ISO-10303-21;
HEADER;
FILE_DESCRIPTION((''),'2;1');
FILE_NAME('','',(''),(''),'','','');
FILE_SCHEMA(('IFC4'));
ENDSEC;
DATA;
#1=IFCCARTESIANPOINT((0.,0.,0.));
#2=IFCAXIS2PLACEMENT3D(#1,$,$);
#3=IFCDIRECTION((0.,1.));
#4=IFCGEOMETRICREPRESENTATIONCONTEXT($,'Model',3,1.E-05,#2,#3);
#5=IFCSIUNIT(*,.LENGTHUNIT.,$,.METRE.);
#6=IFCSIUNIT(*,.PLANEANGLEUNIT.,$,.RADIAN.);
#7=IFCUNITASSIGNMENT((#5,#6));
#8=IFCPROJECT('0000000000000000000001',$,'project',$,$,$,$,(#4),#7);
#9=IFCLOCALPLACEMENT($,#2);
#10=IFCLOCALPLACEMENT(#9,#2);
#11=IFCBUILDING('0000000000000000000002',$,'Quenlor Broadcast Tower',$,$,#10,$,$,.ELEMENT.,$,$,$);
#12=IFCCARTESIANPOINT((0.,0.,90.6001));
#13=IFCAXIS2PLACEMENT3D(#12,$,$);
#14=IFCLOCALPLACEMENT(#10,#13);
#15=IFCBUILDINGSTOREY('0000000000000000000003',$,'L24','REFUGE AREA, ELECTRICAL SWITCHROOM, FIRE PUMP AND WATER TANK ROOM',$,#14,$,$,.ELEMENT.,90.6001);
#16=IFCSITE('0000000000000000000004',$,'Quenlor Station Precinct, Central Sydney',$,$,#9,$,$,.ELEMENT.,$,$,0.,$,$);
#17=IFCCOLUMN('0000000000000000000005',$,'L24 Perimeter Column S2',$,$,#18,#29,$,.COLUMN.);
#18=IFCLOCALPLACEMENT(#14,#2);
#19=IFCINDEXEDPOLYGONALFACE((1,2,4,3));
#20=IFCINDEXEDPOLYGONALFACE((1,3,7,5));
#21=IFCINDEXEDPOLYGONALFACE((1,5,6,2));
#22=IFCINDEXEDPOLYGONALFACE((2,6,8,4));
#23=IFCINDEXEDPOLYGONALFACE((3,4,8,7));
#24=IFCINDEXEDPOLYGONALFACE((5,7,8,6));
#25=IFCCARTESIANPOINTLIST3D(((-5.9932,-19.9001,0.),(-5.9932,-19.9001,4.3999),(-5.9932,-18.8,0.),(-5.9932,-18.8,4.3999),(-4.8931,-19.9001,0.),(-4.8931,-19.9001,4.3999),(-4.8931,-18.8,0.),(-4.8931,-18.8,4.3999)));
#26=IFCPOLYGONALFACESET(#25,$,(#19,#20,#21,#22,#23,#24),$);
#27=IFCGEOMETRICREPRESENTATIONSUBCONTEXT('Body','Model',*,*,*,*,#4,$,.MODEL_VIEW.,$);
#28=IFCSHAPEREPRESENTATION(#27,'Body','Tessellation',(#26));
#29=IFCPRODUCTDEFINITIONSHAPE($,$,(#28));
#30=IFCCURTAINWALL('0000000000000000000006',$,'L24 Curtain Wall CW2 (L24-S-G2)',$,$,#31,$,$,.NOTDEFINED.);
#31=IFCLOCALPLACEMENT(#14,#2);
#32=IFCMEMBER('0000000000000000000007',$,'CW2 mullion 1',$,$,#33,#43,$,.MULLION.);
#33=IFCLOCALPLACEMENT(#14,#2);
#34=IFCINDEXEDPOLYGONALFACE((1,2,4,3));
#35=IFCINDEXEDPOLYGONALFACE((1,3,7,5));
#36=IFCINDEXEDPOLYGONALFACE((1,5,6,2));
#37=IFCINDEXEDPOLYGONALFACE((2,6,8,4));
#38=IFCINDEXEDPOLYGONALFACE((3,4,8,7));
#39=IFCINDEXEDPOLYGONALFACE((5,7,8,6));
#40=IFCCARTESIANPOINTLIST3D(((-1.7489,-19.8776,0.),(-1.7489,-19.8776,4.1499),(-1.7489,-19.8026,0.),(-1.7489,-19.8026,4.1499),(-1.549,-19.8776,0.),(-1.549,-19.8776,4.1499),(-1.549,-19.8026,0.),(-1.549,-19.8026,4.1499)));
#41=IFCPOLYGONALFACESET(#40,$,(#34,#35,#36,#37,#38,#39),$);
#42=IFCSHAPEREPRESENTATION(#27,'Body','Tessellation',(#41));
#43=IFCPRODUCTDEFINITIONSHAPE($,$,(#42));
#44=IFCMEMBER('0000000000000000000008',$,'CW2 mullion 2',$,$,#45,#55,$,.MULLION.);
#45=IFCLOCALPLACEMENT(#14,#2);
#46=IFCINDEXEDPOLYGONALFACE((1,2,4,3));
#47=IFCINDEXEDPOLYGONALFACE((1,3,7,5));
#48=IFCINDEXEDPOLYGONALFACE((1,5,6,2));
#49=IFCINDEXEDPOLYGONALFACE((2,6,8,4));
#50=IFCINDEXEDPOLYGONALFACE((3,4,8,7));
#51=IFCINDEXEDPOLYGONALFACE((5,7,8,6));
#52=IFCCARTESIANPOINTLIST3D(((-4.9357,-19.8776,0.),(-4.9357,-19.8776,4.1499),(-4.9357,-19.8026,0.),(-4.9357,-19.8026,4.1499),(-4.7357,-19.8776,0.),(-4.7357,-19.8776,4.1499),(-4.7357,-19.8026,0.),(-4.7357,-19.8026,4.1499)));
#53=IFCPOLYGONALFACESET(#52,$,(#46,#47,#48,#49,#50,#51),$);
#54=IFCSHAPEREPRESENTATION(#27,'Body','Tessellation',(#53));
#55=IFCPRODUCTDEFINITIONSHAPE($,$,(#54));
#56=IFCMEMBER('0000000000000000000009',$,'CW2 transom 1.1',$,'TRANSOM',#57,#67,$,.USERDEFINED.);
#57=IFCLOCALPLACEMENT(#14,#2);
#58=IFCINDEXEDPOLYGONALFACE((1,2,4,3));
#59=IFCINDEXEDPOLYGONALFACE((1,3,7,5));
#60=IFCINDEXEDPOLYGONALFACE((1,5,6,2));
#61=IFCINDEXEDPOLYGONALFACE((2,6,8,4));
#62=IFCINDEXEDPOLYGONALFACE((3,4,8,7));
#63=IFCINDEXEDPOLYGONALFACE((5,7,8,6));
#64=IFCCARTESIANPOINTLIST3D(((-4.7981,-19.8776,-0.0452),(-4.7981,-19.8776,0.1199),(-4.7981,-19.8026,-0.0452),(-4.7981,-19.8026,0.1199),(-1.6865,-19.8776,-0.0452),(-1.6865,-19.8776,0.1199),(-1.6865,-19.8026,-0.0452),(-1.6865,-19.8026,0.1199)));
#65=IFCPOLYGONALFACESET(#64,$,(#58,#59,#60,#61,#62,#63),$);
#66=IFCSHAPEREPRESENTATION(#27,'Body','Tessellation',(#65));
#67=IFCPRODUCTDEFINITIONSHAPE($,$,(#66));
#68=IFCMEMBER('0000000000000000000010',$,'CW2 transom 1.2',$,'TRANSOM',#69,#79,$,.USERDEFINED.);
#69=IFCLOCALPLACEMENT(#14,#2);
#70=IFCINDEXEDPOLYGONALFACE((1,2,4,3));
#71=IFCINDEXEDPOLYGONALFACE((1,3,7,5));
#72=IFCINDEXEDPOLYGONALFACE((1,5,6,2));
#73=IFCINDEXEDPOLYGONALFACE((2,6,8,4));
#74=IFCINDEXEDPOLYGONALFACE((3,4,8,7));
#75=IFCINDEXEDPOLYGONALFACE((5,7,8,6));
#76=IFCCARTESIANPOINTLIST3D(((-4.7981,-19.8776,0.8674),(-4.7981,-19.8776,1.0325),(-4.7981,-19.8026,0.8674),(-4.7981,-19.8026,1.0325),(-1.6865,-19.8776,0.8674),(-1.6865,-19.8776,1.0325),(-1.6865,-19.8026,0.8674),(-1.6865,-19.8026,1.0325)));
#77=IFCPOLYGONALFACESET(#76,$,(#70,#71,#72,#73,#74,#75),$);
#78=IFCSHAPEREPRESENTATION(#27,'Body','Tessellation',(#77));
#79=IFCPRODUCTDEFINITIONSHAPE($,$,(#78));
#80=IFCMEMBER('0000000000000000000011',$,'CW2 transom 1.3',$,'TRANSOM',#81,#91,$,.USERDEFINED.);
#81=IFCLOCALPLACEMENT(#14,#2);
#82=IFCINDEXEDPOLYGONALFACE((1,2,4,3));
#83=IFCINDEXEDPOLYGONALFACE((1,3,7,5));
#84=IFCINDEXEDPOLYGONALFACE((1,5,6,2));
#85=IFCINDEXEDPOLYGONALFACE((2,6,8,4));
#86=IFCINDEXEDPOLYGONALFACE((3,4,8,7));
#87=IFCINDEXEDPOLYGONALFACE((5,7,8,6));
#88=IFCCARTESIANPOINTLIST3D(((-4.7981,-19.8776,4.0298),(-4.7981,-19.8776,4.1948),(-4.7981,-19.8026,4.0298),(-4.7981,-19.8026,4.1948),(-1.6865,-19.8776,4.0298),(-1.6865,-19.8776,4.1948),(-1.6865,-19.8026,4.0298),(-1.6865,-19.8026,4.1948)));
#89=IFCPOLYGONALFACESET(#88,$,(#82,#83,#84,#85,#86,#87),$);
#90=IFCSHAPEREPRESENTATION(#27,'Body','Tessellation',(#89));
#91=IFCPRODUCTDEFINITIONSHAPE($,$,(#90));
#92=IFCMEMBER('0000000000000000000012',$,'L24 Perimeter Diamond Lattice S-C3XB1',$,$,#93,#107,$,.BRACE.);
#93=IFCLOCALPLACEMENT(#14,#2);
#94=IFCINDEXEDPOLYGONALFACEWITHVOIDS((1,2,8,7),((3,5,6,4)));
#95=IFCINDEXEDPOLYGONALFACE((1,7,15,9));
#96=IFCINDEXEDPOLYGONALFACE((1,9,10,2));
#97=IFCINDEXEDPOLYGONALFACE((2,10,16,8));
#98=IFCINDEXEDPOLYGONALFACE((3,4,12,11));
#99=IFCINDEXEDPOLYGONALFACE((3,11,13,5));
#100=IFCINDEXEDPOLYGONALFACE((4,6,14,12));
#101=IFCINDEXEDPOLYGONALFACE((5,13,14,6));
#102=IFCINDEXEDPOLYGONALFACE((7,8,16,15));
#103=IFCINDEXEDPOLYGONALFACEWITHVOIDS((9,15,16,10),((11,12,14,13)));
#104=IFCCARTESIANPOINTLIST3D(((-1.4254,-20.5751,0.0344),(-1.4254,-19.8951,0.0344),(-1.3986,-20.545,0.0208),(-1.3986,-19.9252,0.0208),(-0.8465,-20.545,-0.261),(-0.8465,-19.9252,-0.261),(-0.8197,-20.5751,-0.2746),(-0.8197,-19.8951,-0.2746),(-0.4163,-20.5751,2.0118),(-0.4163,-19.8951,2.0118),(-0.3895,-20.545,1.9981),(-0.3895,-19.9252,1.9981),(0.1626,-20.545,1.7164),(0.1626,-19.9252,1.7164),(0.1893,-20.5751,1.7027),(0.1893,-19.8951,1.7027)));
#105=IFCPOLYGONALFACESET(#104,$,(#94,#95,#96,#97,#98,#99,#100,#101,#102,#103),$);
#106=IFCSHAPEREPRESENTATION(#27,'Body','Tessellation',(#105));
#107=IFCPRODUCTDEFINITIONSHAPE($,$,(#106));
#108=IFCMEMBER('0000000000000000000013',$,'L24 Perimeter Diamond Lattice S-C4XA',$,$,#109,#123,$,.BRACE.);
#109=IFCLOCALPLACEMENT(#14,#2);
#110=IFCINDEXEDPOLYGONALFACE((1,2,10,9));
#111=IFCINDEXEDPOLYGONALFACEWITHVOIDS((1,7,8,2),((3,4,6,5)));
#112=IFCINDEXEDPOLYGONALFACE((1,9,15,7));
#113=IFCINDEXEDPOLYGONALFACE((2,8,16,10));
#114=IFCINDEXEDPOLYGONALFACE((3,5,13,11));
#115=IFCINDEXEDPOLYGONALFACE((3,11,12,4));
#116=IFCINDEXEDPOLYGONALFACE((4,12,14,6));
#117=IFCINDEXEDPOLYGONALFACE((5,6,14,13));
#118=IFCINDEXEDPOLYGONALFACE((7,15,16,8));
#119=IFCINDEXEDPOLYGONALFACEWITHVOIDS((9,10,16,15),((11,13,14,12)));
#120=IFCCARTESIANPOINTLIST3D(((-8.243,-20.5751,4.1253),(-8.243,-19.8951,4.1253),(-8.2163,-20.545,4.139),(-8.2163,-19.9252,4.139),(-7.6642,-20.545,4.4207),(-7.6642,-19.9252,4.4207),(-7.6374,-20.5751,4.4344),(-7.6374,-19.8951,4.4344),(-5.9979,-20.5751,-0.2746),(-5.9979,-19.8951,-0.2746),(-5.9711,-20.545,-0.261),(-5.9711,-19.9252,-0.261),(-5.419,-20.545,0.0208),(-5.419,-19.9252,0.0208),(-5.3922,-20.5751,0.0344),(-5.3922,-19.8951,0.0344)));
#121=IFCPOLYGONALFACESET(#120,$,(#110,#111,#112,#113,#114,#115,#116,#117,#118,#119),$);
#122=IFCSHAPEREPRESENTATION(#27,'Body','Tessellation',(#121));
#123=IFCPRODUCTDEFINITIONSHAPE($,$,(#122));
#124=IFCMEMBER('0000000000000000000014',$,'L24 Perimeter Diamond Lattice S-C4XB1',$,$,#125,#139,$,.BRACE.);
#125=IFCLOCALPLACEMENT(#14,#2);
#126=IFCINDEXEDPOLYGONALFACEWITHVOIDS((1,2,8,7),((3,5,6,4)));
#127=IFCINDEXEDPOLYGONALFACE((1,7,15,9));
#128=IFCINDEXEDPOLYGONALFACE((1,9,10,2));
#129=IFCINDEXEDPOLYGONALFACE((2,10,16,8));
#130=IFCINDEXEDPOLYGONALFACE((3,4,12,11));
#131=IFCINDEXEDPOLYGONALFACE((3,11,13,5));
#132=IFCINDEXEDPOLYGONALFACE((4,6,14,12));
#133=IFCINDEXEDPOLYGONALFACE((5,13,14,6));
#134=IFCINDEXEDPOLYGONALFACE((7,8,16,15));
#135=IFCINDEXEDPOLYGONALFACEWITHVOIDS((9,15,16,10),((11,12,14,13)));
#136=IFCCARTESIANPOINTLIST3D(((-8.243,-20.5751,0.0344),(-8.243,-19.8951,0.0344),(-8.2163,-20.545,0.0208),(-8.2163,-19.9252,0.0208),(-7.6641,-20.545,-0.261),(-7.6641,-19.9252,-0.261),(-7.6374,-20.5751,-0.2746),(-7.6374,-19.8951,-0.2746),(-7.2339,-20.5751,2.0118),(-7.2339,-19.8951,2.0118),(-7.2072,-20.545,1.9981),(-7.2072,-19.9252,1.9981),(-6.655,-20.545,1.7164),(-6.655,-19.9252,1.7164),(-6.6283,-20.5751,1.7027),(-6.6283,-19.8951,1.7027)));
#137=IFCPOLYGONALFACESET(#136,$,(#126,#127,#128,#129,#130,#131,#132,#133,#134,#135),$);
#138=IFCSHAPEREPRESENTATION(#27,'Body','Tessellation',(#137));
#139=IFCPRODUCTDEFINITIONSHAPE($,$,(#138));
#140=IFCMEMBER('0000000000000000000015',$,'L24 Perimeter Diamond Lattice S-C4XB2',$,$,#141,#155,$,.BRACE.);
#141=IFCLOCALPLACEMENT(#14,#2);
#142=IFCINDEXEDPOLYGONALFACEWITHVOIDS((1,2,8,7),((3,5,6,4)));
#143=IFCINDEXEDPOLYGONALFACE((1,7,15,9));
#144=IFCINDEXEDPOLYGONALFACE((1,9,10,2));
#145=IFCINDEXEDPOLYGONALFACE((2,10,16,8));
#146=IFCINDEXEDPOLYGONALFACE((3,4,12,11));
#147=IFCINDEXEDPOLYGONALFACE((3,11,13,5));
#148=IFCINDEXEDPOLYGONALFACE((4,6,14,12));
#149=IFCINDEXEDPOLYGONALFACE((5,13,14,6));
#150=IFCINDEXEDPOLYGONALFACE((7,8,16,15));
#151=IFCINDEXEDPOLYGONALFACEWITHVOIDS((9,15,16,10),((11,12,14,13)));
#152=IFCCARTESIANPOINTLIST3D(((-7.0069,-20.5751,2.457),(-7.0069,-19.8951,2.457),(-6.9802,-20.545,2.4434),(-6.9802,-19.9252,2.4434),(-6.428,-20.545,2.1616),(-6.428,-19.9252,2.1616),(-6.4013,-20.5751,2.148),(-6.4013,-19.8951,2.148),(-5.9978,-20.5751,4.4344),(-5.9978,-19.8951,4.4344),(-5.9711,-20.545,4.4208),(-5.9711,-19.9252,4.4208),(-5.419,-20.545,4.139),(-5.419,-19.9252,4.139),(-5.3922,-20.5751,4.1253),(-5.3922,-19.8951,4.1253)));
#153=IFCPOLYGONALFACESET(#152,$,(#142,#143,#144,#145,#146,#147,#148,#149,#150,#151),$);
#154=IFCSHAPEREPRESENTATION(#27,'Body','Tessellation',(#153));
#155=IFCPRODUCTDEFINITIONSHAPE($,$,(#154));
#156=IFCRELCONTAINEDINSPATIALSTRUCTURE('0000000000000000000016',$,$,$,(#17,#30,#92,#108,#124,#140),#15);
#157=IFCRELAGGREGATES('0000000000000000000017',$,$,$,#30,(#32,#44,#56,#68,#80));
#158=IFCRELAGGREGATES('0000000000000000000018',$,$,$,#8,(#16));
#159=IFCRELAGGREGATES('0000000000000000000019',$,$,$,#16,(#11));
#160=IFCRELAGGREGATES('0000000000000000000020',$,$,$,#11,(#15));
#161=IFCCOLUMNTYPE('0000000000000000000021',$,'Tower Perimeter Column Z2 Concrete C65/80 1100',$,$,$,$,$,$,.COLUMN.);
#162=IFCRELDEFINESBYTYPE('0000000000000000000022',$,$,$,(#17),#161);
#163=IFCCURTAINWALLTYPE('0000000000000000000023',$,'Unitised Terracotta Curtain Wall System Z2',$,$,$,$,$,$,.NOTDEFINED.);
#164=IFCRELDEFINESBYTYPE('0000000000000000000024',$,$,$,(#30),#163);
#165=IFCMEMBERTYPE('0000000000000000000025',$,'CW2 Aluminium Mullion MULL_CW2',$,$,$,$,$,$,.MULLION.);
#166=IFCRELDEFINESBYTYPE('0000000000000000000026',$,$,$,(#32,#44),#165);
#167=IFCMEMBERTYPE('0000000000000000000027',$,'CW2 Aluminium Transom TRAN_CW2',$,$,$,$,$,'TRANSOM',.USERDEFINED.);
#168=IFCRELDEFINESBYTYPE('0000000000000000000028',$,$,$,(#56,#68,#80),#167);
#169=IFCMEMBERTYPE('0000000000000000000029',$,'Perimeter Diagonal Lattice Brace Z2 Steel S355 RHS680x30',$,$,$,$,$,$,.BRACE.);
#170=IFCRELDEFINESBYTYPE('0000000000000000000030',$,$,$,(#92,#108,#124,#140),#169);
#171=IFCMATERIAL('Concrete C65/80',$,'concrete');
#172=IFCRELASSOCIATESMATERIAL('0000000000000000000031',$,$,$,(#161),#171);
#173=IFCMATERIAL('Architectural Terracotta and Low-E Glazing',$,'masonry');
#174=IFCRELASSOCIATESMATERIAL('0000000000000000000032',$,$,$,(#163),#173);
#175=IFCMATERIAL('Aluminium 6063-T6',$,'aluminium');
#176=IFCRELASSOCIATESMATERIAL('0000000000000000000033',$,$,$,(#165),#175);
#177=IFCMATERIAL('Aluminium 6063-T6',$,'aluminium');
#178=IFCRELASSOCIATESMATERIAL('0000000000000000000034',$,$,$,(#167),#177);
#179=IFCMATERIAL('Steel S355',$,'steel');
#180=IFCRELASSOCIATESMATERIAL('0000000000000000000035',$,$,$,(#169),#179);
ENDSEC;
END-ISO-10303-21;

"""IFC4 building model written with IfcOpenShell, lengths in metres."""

from ifc_helpers import new_model, si_unit, direction, frame, origin, origin_2d, place, context, subcontext, project, spatial, rectangle, hollow_rectangle, extrude, material, material_profile, profile_set, type_object, element, aggregate, save


model = new_model("IFC4")

# Units and contexts
model_context = context("Model", 3, precision=1e-05, world=origin(), true_north=direction((0.0, 1.0)))
body_context = subcontext(model_context, "Body", "Model", "MODEL_VIEW")
ifc_project = project(units=[si_unit("LENGTHUNIT", "METRE"), si_unit("PLANEANGLEUNIT", "RADIAN")], contexts=[model_context])

# Site, building, storey
site_placement = place(None, origin())
site = spatial("IfcSite", under=ifc_project, at=site_placement, Name="Quenlor Station Precinct, Central Sydney", CompositionType="ELEMENT", RefElevation=0.0)
building_placement = place(site_placement, origin())
building = spatial("IfcBuilding", under=site, at=building_placement, Name="Quenlor Broadcast Tower", CompositionType="ELEMENT")
storey_placement = place(building_placement, frame((0.0, 0.0, 90.6001)))
storey = spatial("IfcBuildingStorey", under=building, at=storey_placement, Name="L24", Description="REFUGE AREA, ELECTRICAL SWITCHROOM, FIRE PUMP AND WATER TANK ROOM", CompositionType="ELEMENT", Elevation=90.6001)

# Column
ifc_material_1 = material(Name="Concrete C65/80", Category="concrete")
ifc_material_profile_1 = material_profile(ifc_material_1, rectangle(XDim=1.1001, YDim=1.1001, at=origin_2d()))
ifc_profile_set_1 = profile_set([ifc_material_profile_1], Name="Concrete C65/80 RC1100x1100")
column_type = type_object("IfcColumnType", Name="Tower Perimeter Column Z2 Concrete C65/80 1100", PredefinedType="COLUMN", material=ifc_profile_set_1)
column_placement = place(storey_placement, frame((-5.4431, -19.3501, 0.0), z_axis=(0.0, 0.0, 1.0), x_axis=(0.0, 1.0, 0.0)))
element("IfcColumn", 1, at=column_placement, inside=storey, type_object=column_type, Name="L24 Perimeter Column S2", PredefinedType="COLUMN", context=body_context, shape_type="SweptSolid", body=[
    extrude(rectangle(XDim=1.1001, YDim=1.1001, at=origin_2d()), origin(), (0.0, 0.0, 1.0), 4.3999),
])

# Curtain wall, members
ifc_material_2 = material(Name="Architectural Terracotta and Low-E Glazing", Category="masonry")
curtain_wall_type = type_object("IfcCurtainWallType", Name="Unitised Terracotta Curtain Wall System Z2", PredefinedType="NOTDEFINED", material=ifc_material_2)
curtain_wall_placement = place(storey_placement, origin())
curtain_wall = element("IfcCurtainWall", 2, at=curtain_wall_placement, inside=storey, type_object=curtain_wall_type, Name="L24 Curtain Wall CW2 (L24-S-G2)", PredefinedType="NOTDEFINED")
ifc_material_3 = material(Name="Aluminium 6063-T6", Category="aluminium")
ifc_material_profile_2 = material_profile(ifc_material_3, rectangle(XDim=0.075, YDim=0.2, at=origin_2d()))
ifc_profile_set_2 = profile_set([ifc_material_profile_2], Name="Aluminium 6063-T6 MULL75x200")
member_type_1 = type_object("IfcMemberType", Name="CW2 Aluminium Mullion MULL_CW2", PredefinedType="MULLION", material=ifc_profile_set_2)
member_1_placement = place(storey_placement, frame((-1.6489, -19.8401, 0.0), z_axis=(0.0, 0.0, 1.0), x_axis=(0.0, -1.0, 0.0)))
member_1 = element("IfcMember", 3, at=member_1_placement, type_object=member_type_1, Name="CW2 mullion 1", PredefinedType="MULLION", context=body_context, shape_type="SweptSolid", body=[
    extrude(rectangle(XDim=0.075, YDim=0.2, at=origin_2d()), origin(), (0.0, 0.0, 1.0), 4.1499),
])
member_2_placement = place(storey_placement, frame((-4.8357, -19.8401, 0.0), z_axis=(0.0, 0.0, 1.0), x_axis=(0.0, -1.0, 0.0)))
member_2 = element("IfcMember", 4, at=member_2_placement, type_object=member_type_1, Name="CW2 mullion 2", PredefinedType="MULLION", context=body_context, shape_type="SweptSolid", body=[
    extrude(rectangle(XDim=0.075, YDim=0.2, at=origin_2d()), origin(), (0.0, 0.0, 1.0), 4.1499),
])
ifc_material_4 = material(Name="Aluminium 6063-T6", Category="aluminium")
ifc_material_profile_3 = material_profile(ifc_material_4, rectangle(XDim=0.075, YDim=0.165, at=origin_2d()))
ifc_profile_set_3 = profile_set([ifc_material_profile_3], Name="Aluminium 6063-T6 TRAN75x165")
member_type_2 = type_object("IfcMemberType", Name="CW2 Aluminium Transom TRAN_CW2", ElementType="TRANSOM", PredefinedType="USERDEFINED", material=ifc_profile_set_3)
member_3_placement = place(storey_placement, frame((-1.6865, -19.8401, 0.0374), z_axis=(-1.0, 0.0, 0.0), x_axis=(0.0, -1.0, 0.0)))
member_3 = element("IfcMember", 5, at=member_3_placement, type_object=member_type_2, Name="CW2 transom 1.1", ObjectType="TRANSOM", PredefinedType="USERDEFINED", context=body_context, shape_type="SweptSolid", body=[
    extrude(rectangle(XDim=0.075, YDim=0.165, at=origin_2d()), origin(), (0.0, 0.0, 1.0), 3.1116),
])
member_4_placement = place(storey_placement, frame((-1.6865, -19.8401, 0.95), z_axis=(-1.0, 0.0, 0.0), x_axis=(0.0, -1.0, 0.0)))
member_4 = element("IfcMember", 6, at=member_4_placement, type_object=member_type_2, Name="CW2 transom 1.2", ObjectType="TRANSOM", PredefinedType="USERDEFINED", context=body_context, shape_type="SweptSolid", body=[
    extrude(rectangle(XDim=0.075, YDim=0.165, at=origin_2d()), origin(), (0.0, 0.0, 1.0), 3.1116),
])
member_5_placement = place(storey_placement, frame((-1.6865, -19.8401, 4.1123), z_axis=(-1.0, 0.0, 0.0), x_axis=(0.0, -1.0, 0.0)))
member_5 = element("IfcMember", 7, at=member_5_placement, type_object=member_type_2, Name="CW2 transom 1.3", ObjectType="TRANSOM", PredefinedType="USERDEFINED", context=body_context, shape_type="SweptSolid", body=[
    extrude(rectangle(XDim=0.075, YDim=0.165, at=origin_2d()), origin(), (0.0, 0.0, 1.0), 3.1116),
])

# Members
ifc_material_5 = material(Name="Steel S355", Category="steel")
ifc_material_profile_4 = material_profile(ifc_material_5, hollow_rectangle(XDim=0.6799, YDim=0.6799, WallThickness=0.03, at=origin_2d()))
ifc_profile_set_4 = profile_set([ifc_material_profile_4], Name="Steel S355 RHS680x680x30")
member_type_3 = type_object("IfcMemberType", Name="Perimeter Diagonal Lattice Brace Z2 Steel S355 RHS680x30", PredefinedType="BRACE", material=ifc_profile_set_4)
member_6_placement = place(storey_placement, frame((-1.1226, -20.2351, -0.1201), z_axis=(0.454545, 0.0, 0.890724), x_axis=(0.0, 1.0, 0.0)))
element("IfcMember", 8, at=member_6_placement, inside=storey, type_object=member_type_3, Name="L24 Perimeter Diamond Lattice S-C3XB1", PredefinedType="BRACE", context=body_context, shape_type="SweptSolid", body=[
    extrude(hollow_rectangle(XDim=0.6799, YDim=0.6799, WallThickness=0.03, at=origin_2d()), origin(), (0.0, 0.0, 1.0), 2.22),
])
member_7_placement = place(storey_placement, frame((-5.6951, -20.2351, -0.1201), z_axis=(-0.454514, 0.0, 0.89074), x_axis=(0.0, -1.0, 0.0)))
element("IfcMember", 9, at=member_7_placement, inside=storey, type_object=member_type_3, Name="L24 Perimeter Diamond Lattice S-C4XA", PredefinedType="BRACE", context=body_context, shape_type="SweptSolid", body=[
    extrude(hollow_rectangle(XDim=0.6799, YDim=0.6799, WallThickness=0.03, at=origin_2d()), origin(), (0.0, 0.0, 1.0), 4.9397),
])
for number, where, z_axis, x_axis, name in (
    (10, (-7.9402, -20.2351, -0.1201), (0.454545, 0.0, 0.890724), (0.0, 1.0, 0.0), "L24 Perimeter Diamond Lattice S-C4XB1"),
    (11, (-6.7041, -20.2351, 2.3025), (0.454545, 0.0, 0.890724), (0.0, 1.0, 0.0), "L24 Perimeter Diamond Lattice S-C4XB2"),
):
    element("IfcMember", number, at=place(storey_placement, frame(where, z_axis=z_axis, x_axis=x_axis)), inside=storey, type_object=member_type_3, Name=name, PredefinedType="BRACE", context=body_context, shape_type="SweptSolid", body=[
        extrude(hollow_rectangle(XDim=0.6799, YDim=0.6799, WallThickness=0.03, at=origin_2d()), origin(), (0.0, 0.0, 1.0), 2.22),
    ])

aggregate(curtain_wall, [member_1, member_2, member_3, member_4, member_5])

save(model, "model.ifc")
